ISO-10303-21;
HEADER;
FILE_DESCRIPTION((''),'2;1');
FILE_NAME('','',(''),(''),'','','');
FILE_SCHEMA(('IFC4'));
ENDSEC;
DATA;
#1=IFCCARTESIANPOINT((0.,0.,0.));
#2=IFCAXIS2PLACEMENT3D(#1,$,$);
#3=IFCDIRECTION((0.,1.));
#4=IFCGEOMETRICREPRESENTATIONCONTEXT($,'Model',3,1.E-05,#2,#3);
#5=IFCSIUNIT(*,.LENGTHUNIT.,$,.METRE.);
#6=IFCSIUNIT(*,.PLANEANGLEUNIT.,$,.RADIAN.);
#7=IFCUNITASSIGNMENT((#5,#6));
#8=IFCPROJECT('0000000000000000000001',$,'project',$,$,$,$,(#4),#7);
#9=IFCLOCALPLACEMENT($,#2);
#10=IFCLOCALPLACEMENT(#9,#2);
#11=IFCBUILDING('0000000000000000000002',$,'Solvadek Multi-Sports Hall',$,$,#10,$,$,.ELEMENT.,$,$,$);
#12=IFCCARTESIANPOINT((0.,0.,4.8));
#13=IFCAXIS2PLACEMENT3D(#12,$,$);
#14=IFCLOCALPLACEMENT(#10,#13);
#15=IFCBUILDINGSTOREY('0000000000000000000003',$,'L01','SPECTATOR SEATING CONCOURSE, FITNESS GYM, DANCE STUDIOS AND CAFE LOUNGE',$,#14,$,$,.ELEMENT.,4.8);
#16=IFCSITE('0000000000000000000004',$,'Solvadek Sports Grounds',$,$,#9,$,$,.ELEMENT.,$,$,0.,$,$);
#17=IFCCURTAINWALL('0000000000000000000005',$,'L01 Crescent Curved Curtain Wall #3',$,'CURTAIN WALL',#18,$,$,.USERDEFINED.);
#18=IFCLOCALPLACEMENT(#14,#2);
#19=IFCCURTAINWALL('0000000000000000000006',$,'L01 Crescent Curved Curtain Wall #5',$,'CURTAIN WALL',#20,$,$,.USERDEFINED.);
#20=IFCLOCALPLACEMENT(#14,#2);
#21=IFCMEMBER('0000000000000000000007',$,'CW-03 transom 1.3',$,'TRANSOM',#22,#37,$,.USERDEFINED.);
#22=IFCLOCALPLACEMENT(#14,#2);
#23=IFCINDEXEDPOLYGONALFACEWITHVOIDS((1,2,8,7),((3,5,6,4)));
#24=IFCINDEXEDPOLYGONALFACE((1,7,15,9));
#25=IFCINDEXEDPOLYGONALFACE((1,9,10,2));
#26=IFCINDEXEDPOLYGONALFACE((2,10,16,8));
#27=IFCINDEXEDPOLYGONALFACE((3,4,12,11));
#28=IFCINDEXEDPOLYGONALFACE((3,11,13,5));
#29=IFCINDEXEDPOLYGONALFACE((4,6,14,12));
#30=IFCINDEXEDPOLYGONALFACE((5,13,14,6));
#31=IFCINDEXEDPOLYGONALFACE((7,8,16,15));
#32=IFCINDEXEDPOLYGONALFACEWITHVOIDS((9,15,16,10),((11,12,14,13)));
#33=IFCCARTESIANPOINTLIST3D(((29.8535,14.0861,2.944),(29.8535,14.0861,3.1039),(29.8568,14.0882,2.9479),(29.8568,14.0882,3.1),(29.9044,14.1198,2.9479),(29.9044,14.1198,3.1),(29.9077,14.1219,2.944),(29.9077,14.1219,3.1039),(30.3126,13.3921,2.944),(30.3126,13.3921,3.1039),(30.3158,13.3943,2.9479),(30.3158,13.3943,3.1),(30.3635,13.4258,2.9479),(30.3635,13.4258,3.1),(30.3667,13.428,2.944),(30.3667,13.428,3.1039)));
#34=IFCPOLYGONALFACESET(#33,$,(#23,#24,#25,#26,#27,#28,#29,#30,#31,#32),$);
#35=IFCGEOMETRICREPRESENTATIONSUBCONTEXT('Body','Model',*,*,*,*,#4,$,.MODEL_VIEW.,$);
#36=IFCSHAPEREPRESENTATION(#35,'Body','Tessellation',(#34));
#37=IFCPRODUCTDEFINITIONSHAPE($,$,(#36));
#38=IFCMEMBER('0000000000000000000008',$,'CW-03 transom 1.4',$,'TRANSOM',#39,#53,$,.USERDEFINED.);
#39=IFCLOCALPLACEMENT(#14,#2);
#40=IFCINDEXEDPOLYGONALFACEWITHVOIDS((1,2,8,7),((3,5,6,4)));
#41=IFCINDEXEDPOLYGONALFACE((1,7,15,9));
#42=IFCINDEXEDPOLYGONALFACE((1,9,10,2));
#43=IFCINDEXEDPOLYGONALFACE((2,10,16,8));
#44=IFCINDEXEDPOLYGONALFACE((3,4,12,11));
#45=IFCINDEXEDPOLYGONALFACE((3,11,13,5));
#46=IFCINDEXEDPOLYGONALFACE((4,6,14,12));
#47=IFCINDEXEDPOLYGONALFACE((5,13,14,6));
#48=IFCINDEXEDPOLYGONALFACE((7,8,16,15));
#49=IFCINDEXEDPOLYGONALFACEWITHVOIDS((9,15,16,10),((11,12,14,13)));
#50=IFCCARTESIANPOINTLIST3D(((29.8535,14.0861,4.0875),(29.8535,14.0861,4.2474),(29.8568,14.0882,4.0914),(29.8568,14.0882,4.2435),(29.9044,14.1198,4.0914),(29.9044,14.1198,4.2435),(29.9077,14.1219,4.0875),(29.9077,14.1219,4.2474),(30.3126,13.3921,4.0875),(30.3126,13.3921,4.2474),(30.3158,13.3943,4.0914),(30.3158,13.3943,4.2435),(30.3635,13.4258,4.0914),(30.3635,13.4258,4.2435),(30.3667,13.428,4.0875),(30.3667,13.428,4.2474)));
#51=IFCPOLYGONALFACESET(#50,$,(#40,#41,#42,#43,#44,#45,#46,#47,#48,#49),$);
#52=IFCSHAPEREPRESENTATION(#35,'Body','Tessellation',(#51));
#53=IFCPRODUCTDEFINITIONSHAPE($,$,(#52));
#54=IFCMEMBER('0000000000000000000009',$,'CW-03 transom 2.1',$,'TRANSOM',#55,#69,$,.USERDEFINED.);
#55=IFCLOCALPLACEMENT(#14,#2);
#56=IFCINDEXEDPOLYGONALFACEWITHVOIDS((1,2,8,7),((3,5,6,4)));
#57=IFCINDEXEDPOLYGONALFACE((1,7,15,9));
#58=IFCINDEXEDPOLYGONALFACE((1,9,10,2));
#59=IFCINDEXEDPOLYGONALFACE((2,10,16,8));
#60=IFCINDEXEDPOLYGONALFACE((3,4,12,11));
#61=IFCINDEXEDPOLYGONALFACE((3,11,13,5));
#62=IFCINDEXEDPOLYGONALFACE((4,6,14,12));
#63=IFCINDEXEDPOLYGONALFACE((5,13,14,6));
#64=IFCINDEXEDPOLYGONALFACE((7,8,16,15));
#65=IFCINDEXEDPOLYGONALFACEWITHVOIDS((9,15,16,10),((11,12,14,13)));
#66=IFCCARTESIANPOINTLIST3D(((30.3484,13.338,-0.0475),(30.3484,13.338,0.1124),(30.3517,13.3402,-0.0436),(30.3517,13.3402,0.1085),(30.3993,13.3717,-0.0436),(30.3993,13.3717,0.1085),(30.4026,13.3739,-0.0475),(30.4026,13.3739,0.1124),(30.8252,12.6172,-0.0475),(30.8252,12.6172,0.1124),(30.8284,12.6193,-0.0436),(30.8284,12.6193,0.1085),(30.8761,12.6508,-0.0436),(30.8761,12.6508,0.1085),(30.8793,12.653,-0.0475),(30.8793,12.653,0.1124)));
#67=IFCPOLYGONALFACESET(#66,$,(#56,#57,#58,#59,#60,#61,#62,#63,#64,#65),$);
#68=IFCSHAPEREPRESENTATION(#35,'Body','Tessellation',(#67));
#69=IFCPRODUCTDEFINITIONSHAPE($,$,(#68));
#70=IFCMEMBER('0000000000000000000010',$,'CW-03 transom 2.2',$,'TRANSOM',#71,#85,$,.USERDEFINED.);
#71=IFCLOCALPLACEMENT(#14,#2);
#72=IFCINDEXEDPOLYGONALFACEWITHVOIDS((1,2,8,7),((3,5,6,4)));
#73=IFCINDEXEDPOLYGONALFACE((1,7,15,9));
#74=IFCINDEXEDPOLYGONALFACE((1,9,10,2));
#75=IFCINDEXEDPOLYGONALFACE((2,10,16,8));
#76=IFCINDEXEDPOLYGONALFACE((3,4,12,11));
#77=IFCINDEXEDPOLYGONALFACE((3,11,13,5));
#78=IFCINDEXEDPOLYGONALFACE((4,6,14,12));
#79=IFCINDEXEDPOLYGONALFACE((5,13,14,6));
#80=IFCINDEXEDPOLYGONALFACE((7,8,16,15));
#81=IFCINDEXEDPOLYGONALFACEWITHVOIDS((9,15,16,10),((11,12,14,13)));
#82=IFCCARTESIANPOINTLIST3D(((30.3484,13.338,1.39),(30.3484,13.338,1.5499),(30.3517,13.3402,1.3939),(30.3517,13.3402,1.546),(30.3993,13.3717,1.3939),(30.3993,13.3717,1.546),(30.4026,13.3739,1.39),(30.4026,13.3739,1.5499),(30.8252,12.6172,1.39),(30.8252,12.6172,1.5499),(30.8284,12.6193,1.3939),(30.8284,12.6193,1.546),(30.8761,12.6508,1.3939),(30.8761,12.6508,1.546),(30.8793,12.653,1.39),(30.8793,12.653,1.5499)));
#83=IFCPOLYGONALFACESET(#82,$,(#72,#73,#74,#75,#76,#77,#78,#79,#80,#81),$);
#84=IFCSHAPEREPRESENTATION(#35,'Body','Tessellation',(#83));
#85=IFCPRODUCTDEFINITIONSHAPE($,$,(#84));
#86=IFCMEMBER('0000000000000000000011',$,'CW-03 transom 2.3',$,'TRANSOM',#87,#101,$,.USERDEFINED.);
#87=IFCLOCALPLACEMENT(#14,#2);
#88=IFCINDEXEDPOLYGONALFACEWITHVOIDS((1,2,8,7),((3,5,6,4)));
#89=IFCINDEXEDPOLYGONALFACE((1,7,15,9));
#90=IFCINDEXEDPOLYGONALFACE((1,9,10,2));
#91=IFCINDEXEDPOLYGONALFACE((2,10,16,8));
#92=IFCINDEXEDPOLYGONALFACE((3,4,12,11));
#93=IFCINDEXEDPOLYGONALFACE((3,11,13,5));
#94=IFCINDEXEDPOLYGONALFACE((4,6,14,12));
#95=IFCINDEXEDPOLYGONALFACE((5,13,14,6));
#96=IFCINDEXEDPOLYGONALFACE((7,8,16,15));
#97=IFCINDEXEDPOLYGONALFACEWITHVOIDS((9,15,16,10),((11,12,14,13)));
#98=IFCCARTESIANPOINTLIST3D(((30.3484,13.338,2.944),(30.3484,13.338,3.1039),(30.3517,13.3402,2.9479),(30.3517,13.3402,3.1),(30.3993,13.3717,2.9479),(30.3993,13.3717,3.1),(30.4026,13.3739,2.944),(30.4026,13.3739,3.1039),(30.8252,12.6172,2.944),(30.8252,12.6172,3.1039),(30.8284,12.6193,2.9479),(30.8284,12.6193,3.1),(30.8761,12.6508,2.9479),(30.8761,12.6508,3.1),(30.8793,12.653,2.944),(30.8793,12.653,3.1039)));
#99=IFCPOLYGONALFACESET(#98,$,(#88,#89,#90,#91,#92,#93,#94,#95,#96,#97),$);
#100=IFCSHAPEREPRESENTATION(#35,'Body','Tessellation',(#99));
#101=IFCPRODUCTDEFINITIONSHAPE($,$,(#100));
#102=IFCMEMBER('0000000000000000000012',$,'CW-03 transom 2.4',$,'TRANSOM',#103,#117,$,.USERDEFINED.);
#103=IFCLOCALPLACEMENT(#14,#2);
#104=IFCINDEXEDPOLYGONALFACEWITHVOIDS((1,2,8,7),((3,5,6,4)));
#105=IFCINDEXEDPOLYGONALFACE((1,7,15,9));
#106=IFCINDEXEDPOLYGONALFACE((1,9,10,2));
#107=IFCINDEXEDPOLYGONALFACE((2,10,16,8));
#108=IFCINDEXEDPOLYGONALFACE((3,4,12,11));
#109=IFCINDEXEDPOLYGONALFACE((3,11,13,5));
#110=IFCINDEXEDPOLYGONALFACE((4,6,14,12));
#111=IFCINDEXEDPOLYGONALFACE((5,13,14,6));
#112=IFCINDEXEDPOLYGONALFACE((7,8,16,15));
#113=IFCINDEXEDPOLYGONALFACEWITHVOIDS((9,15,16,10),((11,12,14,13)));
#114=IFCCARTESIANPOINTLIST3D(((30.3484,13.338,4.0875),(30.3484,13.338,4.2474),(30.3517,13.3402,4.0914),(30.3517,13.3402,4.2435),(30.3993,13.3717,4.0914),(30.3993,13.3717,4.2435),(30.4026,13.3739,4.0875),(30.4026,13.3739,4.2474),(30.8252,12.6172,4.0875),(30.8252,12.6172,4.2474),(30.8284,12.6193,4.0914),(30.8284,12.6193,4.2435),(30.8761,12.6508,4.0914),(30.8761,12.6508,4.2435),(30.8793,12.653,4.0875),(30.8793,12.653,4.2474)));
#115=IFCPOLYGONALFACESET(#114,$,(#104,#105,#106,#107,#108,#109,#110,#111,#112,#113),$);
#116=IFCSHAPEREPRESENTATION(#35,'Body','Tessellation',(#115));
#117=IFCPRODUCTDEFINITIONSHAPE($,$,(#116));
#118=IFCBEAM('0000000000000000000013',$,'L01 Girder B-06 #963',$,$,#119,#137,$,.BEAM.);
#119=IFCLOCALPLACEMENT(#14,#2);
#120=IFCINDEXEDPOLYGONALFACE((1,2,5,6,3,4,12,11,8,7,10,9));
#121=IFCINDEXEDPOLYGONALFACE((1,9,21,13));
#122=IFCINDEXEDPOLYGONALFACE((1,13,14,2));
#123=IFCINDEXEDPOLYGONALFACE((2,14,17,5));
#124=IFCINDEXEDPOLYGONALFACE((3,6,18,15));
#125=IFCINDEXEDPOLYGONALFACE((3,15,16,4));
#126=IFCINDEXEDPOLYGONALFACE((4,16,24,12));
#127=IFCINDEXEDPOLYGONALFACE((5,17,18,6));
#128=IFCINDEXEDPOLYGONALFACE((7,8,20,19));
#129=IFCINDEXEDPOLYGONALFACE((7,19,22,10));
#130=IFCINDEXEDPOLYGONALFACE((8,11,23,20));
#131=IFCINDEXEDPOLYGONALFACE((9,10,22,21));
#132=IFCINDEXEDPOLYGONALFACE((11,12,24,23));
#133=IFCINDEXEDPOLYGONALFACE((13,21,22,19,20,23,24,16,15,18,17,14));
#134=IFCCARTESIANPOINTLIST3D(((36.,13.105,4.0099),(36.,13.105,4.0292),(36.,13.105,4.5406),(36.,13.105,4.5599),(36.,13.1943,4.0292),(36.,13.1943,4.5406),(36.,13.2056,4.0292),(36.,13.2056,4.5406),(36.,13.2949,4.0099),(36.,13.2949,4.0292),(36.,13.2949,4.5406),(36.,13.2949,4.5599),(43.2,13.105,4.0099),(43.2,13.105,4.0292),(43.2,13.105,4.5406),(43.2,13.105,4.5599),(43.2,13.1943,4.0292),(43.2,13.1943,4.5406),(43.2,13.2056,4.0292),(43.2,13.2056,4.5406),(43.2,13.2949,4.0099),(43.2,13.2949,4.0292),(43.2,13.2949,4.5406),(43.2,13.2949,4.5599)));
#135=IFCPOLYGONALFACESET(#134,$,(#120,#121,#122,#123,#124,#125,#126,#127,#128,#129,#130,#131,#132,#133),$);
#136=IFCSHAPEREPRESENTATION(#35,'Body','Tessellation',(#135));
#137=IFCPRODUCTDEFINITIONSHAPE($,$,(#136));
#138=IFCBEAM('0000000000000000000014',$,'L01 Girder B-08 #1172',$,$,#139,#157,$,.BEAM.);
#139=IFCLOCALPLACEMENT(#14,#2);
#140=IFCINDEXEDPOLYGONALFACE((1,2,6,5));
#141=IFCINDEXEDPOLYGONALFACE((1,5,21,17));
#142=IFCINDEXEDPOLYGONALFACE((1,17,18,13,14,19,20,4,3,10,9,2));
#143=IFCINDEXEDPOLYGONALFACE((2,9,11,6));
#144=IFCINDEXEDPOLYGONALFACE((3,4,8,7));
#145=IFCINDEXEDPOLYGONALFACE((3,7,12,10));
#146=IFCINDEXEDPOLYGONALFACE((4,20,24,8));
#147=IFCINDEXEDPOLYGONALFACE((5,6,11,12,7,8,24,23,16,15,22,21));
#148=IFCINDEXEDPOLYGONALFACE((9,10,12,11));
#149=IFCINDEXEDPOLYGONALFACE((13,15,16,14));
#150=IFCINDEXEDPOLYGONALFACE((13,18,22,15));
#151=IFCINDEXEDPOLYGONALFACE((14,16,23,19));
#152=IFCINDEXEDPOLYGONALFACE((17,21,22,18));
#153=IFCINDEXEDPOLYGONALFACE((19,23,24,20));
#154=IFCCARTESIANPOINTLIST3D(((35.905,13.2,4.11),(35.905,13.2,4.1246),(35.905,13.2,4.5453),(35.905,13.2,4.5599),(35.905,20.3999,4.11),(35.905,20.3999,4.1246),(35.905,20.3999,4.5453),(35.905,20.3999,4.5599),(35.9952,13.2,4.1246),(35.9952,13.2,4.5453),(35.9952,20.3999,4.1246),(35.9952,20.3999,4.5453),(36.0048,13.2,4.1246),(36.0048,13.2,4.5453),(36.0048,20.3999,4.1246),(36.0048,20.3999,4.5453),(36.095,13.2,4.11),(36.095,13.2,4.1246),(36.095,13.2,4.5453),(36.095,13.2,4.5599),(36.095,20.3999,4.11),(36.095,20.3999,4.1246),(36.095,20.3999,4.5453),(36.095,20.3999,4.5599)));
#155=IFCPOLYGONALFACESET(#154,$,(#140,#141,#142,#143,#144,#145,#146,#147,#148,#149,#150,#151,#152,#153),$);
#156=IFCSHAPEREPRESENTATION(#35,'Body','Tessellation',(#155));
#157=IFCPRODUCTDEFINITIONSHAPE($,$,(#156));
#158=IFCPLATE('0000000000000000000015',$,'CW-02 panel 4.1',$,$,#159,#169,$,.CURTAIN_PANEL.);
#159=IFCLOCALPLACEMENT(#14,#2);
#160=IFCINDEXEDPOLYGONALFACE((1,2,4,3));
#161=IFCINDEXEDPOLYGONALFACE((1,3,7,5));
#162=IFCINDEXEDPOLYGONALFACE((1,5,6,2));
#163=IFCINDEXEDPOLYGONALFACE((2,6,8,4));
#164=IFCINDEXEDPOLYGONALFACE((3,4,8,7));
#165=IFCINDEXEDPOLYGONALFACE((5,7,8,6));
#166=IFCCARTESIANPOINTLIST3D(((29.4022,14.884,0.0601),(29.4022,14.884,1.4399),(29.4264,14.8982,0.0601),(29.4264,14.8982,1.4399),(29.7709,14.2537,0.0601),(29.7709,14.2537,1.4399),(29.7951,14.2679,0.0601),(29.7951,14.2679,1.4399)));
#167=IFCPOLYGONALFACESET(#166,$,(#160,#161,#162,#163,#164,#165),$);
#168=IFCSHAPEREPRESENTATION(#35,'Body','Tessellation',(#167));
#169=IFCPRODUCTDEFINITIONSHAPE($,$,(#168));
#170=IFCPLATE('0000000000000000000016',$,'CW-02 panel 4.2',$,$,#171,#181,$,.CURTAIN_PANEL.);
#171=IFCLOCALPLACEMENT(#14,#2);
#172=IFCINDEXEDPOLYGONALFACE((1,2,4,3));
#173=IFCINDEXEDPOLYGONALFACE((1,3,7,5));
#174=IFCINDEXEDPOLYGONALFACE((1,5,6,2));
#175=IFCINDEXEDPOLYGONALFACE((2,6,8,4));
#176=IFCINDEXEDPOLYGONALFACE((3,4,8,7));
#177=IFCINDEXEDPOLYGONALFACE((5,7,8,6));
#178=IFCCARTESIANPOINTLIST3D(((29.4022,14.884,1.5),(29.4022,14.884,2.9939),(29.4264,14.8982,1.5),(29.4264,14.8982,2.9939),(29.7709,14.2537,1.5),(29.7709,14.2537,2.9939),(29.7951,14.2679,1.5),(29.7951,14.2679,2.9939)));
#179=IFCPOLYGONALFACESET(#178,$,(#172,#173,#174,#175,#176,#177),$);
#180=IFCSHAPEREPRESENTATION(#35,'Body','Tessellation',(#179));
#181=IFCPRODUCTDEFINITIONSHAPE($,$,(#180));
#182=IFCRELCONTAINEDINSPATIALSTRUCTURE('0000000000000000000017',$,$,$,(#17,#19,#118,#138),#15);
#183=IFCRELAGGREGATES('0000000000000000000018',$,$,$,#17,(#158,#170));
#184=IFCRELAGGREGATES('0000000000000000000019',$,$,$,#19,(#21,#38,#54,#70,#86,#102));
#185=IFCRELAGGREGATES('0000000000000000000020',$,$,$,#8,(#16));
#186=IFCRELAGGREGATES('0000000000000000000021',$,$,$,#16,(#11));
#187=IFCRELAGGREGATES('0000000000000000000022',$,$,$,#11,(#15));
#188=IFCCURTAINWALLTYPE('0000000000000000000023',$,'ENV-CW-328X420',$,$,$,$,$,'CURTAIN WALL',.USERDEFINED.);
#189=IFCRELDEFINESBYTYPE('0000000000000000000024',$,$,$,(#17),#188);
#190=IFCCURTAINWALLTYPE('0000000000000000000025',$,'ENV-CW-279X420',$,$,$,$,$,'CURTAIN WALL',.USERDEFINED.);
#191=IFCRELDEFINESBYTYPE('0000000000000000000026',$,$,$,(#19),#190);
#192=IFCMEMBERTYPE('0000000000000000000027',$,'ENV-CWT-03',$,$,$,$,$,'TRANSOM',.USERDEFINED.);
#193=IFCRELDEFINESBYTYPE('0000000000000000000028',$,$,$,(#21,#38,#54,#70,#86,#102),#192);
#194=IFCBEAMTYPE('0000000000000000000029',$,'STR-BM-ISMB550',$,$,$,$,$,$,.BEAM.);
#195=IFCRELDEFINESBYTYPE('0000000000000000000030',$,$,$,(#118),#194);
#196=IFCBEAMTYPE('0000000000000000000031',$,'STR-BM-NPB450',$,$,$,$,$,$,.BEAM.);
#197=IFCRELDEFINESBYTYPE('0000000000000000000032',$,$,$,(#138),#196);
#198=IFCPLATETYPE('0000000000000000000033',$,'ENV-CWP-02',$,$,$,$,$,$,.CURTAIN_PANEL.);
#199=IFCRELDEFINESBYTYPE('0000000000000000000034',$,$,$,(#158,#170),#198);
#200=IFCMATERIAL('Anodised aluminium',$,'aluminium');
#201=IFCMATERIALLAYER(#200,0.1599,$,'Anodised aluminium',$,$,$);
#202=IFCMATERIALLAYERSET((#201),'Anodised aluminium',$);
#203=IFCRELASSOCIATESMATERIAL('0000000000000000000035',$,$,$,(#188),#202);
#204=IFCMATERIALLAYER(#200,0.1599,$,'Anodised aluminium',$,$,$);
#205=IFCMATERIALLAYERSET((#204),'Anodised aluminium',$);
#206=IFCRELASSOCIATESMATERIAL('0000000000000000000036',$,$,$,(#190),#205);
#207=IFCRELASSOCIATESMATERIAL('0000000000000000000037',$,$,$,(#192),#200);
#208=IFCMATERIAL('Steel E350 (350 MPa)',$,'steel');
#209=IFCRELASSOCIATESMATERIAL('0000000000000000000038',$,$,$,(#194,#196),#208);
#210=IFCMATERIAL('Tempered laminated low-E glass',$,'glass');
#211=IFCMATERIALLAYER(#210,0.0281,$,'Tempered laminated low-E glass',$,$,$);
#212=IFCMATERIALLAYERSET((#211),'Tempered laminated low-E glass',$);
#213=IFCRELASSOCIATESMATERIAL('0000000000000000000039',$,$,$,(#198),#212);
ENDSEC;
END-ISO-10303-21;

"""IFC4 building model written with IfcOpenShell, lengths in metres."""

from ifc_helpers import new_model, si_unit, direction, frame, origin, origin_2d, place, context, subcontext, project, spatial, rectangle, hollow_rectangle, i_section, extrude, material, layer, layer_set, material_profile, profile_set, type_object, element, aggregate, save


model = new_model("IFC4")

# Units and contexts
model_context = context("Model", 3, precision=1e-05, world=origin(), true_north=direction((0.0, 1.0)))
body_context = subcontext(model_context, "Body", "Model", "MODEL_VIEW")
ifc_project = project(units=[si_unit("LENGTHUNIT", "METRE"), si_unit("PLANEANGLEUNIT", "RADIAN")], contexts=[model_context])

# Site, building, storey
site_placement = place(None, origin())
site = spatial("IfcSite", under=ifc_project, at=site_placement, Name="Solvadek Sports Grounds", CompositionType="ELEMENT", RefElevation=0.0)
building_placement = place(site_placement, origin())
building = spatial("IfcBuilding", under=site, at=building_placement, Name="Solvadek Multi-Sports Hall", CompositionType="ELEMENT")
storey_placement = place(building_placement, frame((0.0, 0.0, 4.8)))
storey = spatial("IfcBuildingStorey", under=building, at=storey_placement, Name="L01", Description="SPECTATOR SEATING CONCOURSE, FITNESS GYM, DANCE STUDIOS AND CAFE LOUNGE", CompositionType="ELEMENT", Elevation=4.8)

# Shared definitions
ifc_material_1 = material(Name="Steel E350 (350 MPa)", Category="steel")

# Curtain wall
ifc_material_2 = material(Name="Anodised aluminium", Category="aluminium")
ifc_layer_1 = layer(ifc_material_2, 0.1599, Name="Anodised aluminium")
ifc_layer_set_1 = layer_set([ifc_layer_1], Name="Anodised aluminium")
curtain_wall_type_1 = type_object("IfcCurtainWallType", Name="ENV-CW-328X420", ElementType="CURTAIN WALL", PredefinedType="USERDEFINED", material=ifc_layer_set_1)
curtain_wall_1_placement = place(storey_placement, origin())
curtain_wall_1 = element("IfcCurtainWall", 1, at=curtain_wall_1_placement, inside=storey, type_object=curtain_wall_type_1, Name="L01 Crescent Curved Curtain Wall #3", ObjectType="CURTAIN WALL", PredefinedType="USERDEFINED")

# Curtain wall
ifc_layer_2 = layer(ifc_material_2, 0.1599, Name="Anodised aluminium")
ifc_layer_set_2 = layer_set([ifc_layer_2], Name="Anodised aluminium")
curtain_wall_type_2 = type_object("IfcCurtainWallType", Name="ENV-CW-279X420", ElementType="CURTAIN WALL", PredefinedType="USERDEFINED", material=ifc_layer_set_2)
curtain_wall_2_placement = place(storey_placement, origin())
curtain_wall_2 = element("IfcCurtainWall", 2, at=curtain_wall_2_placement, inside=storey, type_object=curtain_wall_type_2, Name="L01 Crescent Curved Curtain Wall #5", ObjectType="CURTAIN WALL", PredefinedType="USERDEFINED")

# Members
ifc_material_profile_1 = material_profile(ifc_material_2, hollow_rectangle(XDim=0.0649, YDim=0.1599, WallThickness=0.0039, at=origin_2d()), Name="ALU-T 160x65x4")
ifc_profile_set_1 = profile_set([ifc_material_profile_1], Name="Anodised aluminium")
member_type_1 = type_object("IfcMemberType", Name="ENV-CWT-03", ElementType="TRANSOM", PredefinedType="USERDEFINED", material=ifc_profile_set_1)
member_1_placement = place(storey_placement, frame((29.8806, 14.104, 3.0239), z_axis=(0.551717, -0.834032, 0.0), x_axis=(0.834032, 0.551717, 0.0)))
member_1 = element("IfcMember", 3, at=member_1_placement, type_object=member_type_1, Name="CW-03 transom 1.3", ObjectType="TRANSOM", PredefinedType="USERDEFINED", context=body_context, shape_type="SweptSolid", body=[
    extrude(hollow_rectangle(XDim=0.0649, YDim=0.1599, WallThickness=0.0039, at=origin_2d()), origin(), (0.0, 0.0, 1.0), 0.832),
])
member_2_placement = place(storey_placement, frame((29.8806, 14.104, 4.1675), z_axis=(0.551717, -0.834032, 0.0), x_axis=(0.834032, 0.551717, 0.0)))
member_2 = element("IfcMember", 4, at=member_2_placement, type_object=member_type_1, Name="CW-03 transom 1.4", ObjectType="TRANSOM", PredefinedType="USERDEFINED", context=body_context, shape_type="SweptSolid", body=[
    extrude(hollow_rectangle(XDim=0.0649, YDim=0.1599, WallThickness=0.0039, at=origin_2d()), origin(), (0.0, 0.0, 1.0), 0.832),
])
member_3_placement = place(storey_placement, frame((30.3755, 13.356, 0.0325), z_axis=(0.551633, -0.834087, 0.0), x_axis=(0.834087, 0.551633, 0.0)))
member_3 = element("IfcMember", 5, at=member_3_placement, type_object=member_type_1, Name="CW-03 transom 2.1", ObjectType="TRANSOM", PredefinedType="USERDEFINED", context=body_context, shape_type="SweptSolid", body=[
    extrude(hollow_rectangle(XDim=0.0649, YDim=0.1599, WallThickness=0.0039, at=origin_2d()), origin(), (0.0, 0.0, 1.0), 0.8643),
])
member_4_placement = place(storey_placement, frame((30.3755, 13.356, 1.47), z_axis=(0.551633, -0.834087, 0.0), x_axis=(0.834087, 0.551633, 0.0)))
member_4 = element("IfcMember", 6, at=member_4_placement, type_object=member_type_1, Name="CW-03 transom 2.2", ObjectType="TRANSOM", PredefinedType="USERDEFINED", context=body_context, shape_type="SweptSolid", body=[
    extrude(hollow_rectangle(XDim=0.0649, YDim=0.1599, WallThickness=0.0039, at=origin_2d()), origin(), (0.0, 0.0, 1.0), 0.8643),
])
member_5_placement = place(storey_placement, frame((30.3755, 13.356, 3.0239), z_axis=(0.551633, -0.834087, 0.0), x_axis=(0.834087, 0.551633, 0.0)))
member_5 = element("IfcMember", 7, at=member_5_placement, type_object=member_type_1, Name="CW-03 transom 2.3", ObjectType="TRANSOM", PredefinedType="USERDEFINED", context=body_context, shape_type="SweptSolid", body=[
    extrude(hollow_rectangle(XDim=0.0649, YDim=0.1599, WallThickness=0.0039, at=origin_2d()), origin(), (0.0, 0.0, 1.0), 0.8643),
])
member_6_placement = place(storey_placement, frame((30.3755, 13.356, 4.1675), z_axis=(0.551633, -0.834087, 0.0), x_axis=(0.834087, 0.551633, 0.0)))
member_6 = element("IfcMember", 8, at=member_6_placement, type_object=member_type_1, Name="CW-03 transom 2.4", ObjectType="TRANSOM", PredefinedType="USERDEFINED", context=body_context, shape_type="SweptSolid", body=[
    extrude(hollow_rectangle(XDim=0.0649, YDim=0.1599, WallThickness=0.0039, at=origin_2d()), origin(), (0.0, 0.0, 1.0), 0.8643),
])

# Beams
ifc_material_profile_2 = material_profile(ifc_material_1, i_section(OverallWidth=0.1899, OverallDepth=0.55, WebThickness=0.0112, FlangeThickness=0.0193, at=origin_2d()), Name="ISMB 550")
ifc_profile_set_2 = profile_set([ifc_material_profile_2], Name="Steel E350 (350 MPa)")
beam_type_1 = type_object("IfcBeamType", Name="STR-BM-ISMB550", PredefinedType="BEAM", material=ifc_profile_set_2)
beam_1_placement = place(storey_placement, frame((36.0, 13.2, 4.2849), z_axis=(1.0, 0.0, 0.0), x_axis=(0.0, 1.0, 0.0)))
element("IfcBeam", 9, at=beam_1_placement, inside=storey, type_object=beam_type_1, Name="L01 Girder B-06 #963", PredefinedType="BEAM", context=body_context, shape_type="SweptSolid", body=[
    extrude(i_section(OverallWidth=0.1899, OverallDepth=0.55, WebThickness=0.0112, FlangeThickness=0.0193, at=origin_2d()), origin(), (0.0, 0.0, 1.0), 7.2),
])
ifc_material_profile_3 = material_profile(ifc_material_1, i_section(OverallWidth=0.1899, OverallDepth=0.45, WebThickness=0.0095, FlangeThickness=0.0146, at=origin_2d()), Name="NPB 450")
ifc_profile_set_3 = profile_set([ifc_material_profile_3], Name="Steel E350 (350 MPa)")
beam_type_2 = type_object("IfcBeamType", Name="STR-BM-NPB450", PredefinedType="BEAM", material=ifc_profile_set_3)
beam_2_placement = place(storey_placement, frame((36.0, 13.2, 4.335), z_axis=(0.0, 1.0, 0.0), x_axis=(-1.0, 0.0, 0.0)))
element("IfcBeam", 10, at=beam_2_placement, inside=storey, type_object=beam_type_2, Name="L01 Girder B-08 #1172", PredefinedType="BEAM", context=body_context, shape_type="SweptSolid", body=[
    extrude(i_section(OverallWidth=0.1899, OverallDepth=0.45, WebThickness=0.0095, FlangeThickness=0.0146, at=origin_2d()), origin(), (0.0, 0.0, 1.0), 7.2),
])

# Plates
ifc_material_3 = material(Name="Tempered laminated low-E glass", Category="glass")
ifc_layer_3 = layer(ifc_material_3, 0.0281, Name="Tempered laminated low-E glass")
ifc_layer_set_3 = layer_set([ifc_layer_3], Name="Tempered laminated low-E glass")
plate_type_1 = type_object("IfcPlateType", Name="ENV-CWP-02", PredefinedType="CURTAIN_PANEL", material=ifc_layer_set_3)
plate_1_placement = place(storey_placement, frame((29.5986, 14.5759, 0.0601), z_axis=(0.0, 0.0, 1.0), x_axis=(0.504957, -0.863145, 0.0)))
plate_1 = element("IfcPlate", 11, at=plate_1_placement, type_object=plate_type_1, Name="CW-02 panel 4.1", PredefinedType="CURTAIN_PANEL", context=body_context, shape_type="SweptSolid", body=[
    extrude(rectangle(XDim=0.7302, YDim=0.0281, at=origin_2d()), origin(), (0.0, 0.0, 1.0), 1.3799),
])
plate_2_placement = place(storey_placement, frame((29.5986, 14.5759, 1.5), z_axis=(0.0, 0.0, 1.0), x_axis=(0.504957, -0.863145, 0.0)))
plate_2 = element("IfcPlate", 12, at=plate_2_placement, type_object=plate_type_1, Name="CW-02 panel 4.2", PredefinedType="CURTAIN_PANEL", context=body_context, shape_type="SweptSolid", body=[
    extrude(rectangle(XDim=0.7302, YDim=0.0281, at=origin_2d()), origin(), (0.0, 0.0, 1.0), 1.4939),
])
aggregate(curtain_wall_1, [plate_1, plate_2])
aggregate(curtain_wall_2, [member_1, member_2, member_3, member_4, member_5, member_6])

save(model, "model.ifc")
